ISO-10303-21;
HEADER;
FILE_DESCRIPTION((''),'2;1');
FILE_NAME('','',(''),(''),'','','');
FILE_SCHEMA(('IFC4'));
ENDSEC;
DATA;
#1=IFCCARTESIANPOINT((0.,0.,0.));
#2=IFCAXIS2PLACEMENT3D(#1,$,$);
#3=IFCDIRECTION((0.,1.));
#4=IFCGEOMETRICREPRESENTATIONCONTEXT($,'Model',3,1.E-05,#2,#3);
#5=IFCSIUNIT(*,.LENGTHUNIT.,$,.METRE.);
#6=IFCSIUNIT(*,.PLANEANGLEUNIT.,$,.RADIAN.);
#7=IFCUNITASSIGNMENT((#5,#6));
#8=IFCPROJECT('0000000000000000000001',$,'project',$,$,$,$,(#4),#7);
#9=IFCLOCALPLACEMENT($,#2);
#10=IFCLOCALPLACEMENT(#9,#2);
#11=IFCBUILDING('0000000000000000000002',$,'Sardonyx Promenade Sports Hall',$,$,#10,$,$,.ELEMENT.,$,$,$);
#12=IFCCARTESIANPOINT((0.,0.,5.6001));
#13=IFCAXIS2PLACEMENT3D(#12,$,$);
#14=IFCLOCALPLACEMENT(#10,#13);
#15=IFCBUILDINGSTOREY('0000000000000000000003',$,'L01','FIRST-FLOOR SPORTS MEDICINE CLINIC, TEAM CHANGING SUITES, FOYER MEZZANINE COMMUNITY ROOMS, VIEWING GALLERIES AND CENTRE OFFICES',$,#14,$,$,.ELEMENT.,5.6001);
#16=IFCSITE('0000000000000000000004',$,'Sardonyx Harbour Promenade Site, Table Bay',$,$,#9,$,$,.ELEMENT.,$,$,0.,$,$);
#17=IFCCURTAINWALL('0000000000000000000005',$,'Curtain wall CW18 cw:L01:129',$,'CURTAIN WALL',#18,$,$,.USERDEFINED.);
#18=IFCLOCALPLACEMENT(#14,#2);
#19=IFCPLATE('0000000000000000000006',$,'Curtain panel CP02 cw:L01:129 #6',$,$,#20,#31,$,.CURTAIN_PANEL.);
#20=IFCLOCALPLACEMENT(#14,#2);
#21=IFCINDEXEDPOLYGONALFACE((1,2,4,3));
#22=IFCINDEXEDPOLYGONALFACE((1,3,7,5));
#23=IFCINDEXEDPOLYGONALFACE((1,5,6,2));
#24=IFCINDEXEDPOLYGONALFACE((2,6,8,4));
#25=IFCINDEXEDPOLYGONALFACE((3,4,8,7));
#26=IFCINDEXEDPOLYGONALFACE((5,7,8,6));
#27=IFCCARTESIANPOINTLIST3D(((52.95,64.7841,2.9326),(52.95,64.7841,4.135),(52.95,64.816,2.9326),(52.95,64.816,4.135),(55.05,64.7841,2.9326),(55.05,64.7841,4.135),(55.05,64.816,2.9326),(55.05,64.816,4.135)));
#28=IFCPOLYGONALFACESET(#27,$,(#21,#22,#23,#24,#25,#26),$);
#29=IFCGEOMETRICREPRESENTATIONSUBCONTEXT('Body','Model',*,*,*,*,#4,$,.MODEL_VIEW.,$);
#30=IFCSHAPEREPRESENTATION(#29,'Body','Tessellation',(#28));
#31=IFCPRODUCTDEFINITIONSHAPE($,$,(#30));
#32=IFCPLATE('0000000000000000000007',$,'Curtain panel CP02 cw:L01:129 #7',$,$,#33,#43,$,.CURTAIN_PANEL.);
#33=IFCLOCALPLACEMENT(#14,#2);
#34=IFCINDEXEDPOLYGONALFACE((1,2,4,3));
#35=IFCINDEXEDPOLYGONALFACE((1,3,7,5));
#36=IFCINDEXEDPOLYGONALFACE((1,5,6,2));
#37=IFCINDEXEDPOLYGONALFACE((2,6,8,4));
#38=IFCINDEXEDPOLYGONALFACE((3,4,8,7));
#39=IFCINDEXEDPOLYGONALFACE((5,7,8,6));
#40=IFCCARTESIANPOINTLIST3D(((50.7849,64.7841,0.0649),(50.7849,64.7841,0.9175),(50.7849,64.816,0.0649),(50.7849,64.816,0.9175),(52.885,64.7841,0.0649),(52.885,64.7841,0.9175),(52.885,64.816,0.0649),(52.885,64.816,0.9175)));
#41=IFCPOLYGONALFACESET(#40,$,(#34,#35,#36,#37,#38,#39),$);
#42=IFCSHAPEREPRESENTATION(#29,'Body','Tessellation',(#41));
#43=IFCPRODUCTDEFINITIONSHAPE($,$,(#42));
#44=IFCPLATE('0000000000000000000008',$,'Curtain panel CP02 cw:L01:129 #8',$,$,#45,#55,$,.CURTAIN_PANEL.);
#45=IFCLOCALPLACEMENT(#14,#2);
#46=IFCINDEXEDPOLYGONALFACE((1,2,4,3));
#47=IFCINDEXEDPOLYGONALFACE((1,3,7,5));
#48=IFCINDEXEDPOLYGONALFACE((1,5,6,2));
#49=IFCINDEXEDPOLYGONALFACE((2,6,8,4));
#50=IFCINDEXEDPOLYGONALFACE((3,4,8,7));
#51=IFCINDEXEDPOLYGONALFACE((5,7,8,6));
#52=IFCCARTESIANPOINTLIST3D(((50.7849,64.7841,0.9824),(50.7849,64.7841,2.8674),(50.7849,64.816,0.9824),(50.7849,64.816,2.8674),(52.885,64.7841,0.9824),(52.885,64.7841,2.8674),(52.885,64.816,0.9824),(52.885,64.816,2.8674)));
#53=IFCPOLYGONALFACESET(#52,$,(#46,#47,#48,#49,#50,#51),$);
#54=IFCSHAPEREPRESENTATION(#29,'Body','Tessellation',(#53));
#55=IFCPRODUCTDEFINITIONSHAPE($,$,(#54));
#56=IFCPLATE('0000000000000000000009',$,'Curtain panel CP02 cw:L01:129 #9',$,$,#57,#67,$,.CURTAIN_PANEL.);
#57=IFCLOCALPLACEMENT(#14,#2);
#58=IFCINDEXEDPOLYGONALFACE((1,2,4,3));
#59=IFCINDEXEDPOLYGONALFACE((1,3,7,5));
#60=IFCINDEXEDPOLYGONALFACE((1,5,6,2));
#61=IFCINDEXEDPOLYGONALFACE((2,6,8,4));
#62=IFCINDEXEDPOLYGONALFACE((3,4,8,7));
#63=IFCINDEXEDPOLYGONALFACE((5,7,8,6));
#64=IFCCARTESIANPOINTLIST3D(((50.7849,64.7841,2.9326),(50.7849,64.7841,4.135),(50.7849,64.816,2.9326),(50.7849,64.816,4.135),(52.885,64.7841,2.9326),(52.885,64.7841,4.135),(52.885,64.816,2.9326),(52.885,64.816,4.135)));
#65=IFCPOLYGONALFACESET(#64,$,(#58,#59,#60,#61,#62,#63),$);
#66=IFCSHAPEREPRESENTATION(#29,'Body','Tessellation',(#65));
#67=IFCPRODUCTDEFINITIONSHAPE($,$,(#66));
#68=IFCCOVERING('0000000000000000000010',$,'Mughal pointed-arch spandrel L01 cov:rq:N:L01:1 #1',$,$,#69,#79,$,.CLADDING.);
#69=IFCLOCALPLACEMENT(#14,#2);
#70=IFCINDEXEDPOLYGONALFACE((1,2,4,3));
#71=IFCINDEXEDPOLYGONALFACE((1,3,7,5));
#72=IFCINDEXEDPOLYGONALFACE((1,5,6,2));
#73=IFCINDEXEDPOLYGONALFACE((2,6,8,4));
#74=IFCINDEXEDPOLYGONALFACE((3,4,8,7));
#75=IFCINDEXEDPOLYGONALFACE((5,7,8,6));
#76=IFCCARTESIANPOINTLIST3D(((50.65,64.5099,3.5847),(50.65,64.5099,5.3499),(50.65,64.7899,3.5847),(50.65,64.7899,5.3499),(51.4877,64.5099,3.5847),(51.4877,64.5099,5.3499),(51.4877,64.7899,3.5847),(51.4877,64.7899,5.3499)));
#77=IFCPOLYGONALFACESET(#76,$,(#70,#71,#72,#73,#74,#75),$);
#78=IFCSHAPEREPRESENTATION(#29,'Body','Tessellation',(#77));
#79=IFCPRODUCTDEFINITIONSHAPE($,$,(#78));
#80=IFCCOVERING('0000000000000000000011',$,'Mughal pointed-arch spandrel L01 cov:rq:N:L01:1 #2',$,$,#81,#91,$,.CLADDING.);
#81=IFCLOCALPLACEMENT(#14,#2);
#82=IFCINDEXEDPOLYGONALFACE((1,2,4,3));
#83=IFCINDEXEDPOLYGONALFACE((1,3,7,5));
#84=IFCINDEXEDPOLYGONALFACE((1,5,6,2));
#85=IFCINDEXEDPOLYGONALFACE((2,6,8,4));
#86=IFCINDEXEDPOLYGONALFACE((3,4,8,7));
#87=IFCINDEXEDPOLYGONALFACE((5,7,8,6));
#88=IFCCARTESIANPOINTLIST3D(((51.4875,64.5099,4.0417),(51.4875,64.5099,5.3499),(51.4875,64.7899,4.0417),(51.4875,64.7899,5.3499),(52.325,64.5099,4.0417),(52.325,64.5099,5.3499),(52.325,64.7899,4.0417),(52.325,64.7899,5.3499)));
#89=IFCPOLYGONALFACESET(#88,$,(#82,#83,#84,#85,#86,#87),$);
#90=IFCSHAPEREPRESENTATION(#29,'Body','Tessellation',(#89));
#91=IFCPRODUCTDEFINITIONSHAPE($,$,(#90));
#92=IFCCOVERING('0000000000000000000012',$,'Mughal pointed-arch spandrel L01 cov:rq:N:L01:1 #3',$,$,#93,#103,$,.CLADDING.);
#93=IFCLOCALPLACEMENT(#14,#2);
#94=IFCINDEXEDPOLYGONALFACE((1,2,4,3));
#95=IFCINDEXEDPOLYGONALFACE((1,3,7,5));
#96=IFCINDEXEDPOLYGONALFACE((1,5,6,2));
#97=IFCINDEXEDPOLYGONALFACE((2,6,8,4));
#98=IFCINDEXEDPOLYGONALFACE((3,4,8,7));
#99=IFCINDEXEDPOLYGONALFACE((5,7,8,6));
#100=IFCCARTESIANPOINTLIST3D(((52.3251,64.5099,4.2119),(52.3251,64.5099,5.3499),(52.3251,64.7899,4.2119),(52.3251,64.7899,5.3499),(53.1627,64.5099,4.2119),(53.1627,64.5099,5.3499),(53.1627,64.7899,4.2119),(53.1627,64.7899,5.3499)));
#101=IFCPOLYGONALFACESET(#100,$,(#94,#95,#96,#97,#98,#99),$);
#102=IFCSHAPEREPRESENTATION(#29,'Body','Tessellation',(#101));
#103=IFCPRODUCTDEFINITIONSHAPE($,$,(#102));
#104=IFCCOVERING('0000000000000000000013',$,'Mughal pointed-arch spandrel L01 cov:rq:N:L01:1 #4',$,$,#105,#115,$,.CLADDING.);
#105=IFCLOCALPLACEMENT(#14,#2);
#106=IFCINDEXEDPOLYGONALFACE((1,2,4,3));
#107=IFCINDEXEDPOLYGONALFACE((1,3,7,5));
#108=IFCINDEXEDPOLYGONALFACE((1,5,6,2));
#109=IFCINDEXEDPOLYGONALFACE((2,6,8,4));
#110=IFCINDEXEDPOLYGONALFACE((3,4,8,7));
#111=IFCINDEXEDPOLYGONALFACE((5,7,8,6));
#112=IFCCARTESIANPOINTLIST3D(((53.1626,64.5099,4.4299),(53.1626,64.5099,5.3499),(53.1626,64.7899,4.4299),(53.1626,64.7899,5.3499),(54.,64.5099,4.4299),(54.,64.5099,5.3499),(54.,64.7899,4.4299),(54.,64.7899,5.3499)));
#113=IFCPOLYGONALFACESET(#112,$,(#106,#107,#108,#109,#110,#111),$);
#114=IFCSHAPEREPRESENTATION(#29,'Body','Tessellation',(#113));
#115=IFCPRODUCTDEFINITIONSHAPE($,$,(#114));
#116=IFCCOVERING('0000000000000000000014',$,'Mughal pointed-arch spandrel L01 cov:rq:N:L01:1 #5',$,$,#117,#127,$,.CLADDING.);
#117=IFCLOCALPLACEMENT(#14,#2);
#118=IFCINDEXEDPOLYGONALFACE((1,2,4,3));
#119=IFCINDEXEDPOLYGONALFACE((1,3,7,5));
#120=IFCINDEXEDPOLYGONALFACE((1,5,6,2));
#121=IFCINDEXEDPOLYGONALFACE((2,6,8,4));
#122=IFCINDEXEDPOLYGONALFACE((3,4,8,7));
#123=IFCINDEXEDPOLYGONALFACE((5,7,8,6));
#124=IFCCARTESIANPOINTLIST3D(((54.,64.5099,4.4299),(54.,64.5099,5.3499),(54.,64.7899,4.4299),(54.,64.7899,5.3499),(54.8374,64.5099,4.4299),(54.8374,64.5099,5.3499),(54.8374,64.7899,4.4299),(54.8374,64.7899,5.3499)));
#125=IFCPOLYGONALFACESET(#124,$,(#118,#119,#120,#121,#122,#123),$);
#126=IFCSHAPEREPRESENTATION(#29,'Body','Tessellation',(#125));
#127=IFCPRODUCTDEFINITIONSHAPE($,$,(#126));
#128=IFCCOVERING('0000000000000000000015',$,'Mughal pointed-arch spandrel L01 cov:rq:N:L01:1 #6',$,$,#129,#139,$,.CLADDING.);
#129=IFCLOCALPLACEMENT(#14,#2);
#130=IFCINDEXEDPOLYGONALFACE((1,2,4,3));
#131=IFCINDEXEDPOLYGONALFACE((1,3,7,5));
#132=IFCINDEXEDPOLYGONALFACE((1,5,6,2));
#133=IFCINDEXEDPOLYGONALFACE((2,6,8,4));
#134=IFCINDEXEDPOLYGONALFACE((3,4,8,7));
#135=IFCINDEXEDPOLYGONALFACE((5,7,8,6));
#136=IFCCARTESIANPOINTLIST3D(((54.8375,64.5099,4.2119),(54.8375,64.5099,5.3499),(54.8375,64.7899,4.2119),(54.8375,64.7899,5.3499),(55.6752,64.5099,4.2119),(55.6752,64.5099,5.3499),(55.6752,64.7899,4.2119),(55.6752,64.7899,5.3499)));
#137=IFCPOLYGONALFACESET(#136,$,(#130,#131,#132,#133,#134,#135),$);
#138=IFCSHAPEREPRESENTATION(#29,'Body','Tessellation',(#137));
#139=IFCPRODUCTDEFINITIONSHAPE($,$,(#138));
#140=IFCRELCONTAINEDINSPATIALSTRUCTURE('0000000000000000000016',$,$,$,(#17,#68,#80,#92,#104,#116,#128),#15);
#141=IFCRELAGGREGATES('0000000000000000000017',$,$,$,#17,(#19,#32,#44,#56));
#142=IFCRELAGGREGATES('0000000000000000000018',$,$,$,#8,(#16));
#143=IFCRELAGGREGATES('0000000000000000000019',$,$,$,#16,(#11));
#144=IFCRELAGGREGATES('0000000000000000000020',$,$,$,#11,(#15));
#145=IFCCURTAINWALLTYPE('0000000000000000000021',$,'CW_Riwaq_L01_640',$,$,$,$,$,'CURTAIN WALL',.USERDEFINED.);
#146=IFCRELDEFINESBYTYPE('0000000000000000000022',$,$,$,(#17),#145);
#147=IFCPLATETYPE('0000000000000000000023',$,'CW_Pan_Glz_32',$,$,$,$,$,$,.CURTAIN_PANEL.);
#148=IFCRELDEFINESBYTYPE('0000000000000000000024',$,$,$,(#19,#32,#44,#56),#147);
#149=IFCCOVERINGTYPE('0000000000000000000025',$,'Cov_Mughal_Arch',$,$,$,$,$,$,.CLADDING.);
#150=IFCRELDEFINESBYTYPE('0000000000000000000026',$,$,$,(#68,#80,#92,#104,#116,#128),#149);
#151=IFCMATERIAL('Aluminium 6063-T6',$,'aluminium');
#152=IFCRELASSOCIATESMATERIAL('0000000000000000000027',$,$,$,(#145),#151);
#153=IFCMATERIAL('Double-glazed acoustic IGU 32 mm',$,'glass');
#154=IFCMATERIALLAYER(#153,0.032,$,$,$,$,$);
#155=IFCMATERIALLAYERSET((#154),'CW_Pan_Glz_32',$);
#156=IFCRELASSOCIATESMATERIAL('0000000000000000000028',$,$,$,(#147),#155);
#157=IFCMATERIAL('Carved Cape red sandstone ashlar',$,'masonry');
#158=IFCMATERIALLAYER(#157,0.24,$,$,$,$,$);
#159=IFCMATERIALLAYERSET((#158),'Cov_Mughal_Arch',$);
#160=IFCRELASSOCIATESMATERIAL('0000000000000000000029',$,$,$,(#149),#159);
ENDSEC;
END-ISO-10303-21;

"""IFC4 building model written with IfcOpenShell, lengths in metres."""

from ifc_helpers import new_model, si_unit, direction, frame, frame_2d, origin, origin_2d, place, context, subcontext, project, spatial, rectangle, extrude, material, layer, layer_set, type_object, element, aggregate, save


model = new_model("IFC4")

# Units and contexts
model_context = context("Model", 3, precision=1e-05, world=origin(), true_north=direction((0.0, 1.0)))
body_context = subcontext(model_context, "Body", "Model", "MODEL_VIEW")
ifc_project = project(units=[si_unit("LENGTHUNIT", "METRE"), si_unit("PLANEANGLEUNIT", "RADIAN")], contexts=[model_context])

# Site, building, storey
site_placement = place(None, origin())
site = spatial("IfcSite", under=ifc_project, at=site_placement, Name="Sardonyx Harbour Promenade Site, Table Bay", CompositionType="ELEMENT", RefElevation=0.0)
building_placement = place(site_placement, origin())
building = spatial("IfcBuilding", under=site, at=building_placement, Name="Sardonyx Promenade Sports Hall", CompositionType="ELEMENT")
storey_placement = place(building_placement, frame((0.0, 0.0, 5.6001)))
storey = spatial("IfcBuildingStorey", under=building, at=storey_placement, Name="L01", Description="FIRST-FLOOR SPORTS MEDICINE CLINIC, TEAM CHANGING SUITES, FOYER MEZZANINE COMMUNITY ROOMS, VIEWING GALLERIES AND CENTRE OFFICES", CompositionType="ELEMENT", Elevation=5.6001)

# Curtain wall, plates
ifc_material_1 = material(Name="Aluminium 6063-T6", Category="aluminium")
curtain_wall_type = type_object("IfcCurtainWallType", Name="CW_Riwaq_L01_640", ElementType="CURTAIN WALL", PredefinedType="USERDEFINED", material=ifc_material_1)
curtain_wall_placement = place(storey_placement, origin())
curtain_wall = element("IfcCurtainWall", 1, at=curtain_wall_placement, inside=storey, type_object=curtain_wall_type, Name="Curtain wall CW18 cw:L01:129", ObjectType="CURTAIN WALL", PredefinedType="USERDEFINED")
ifc_material_2 = material(Name="Double-glazed acoustic IGU 32 mm", Category="glass")
ifc_layer_1 = layer(ifc_material_2, 0.032)
ifc_layer_set_1 = layer_set([ifc_layer_1], Name="CW_Pan_Glz_32")
plate_type = type_object("IfcPlateType", Name="CW_Pan_Glz_32", PredefinedType="CURTAIN_PANEL", material=ifc_layer_set_1)
plate_1_placement = place(storey_placement, frame((54.0, 64.8, 2.9326), z_axis=(0.0, 0.0, 1.0), x_axis=(-1.0, 0.0, 0.0)))
plate_1 = element("IfcPlate", 2, at=plate_1_placement, type_object=plate_type, Name="Curtain panel CP02 cw:L01:129 #6", PredefinedType="CURTAIN_PANEL", context=body_context, shape_type="SweptSolid", body=[
    extrude(rectangle(XDim=2.1001, YDim=0.032, at=origin_2d()), origin(), (0.0, 0.0, 1.0), 1.2024),
])
plate_2_placement = place(storey_placement, frame((51.835, 64.8, 0.0649), z_axis=(0.0, 0.0, 1.0), x_axis=(-1.0, 0.0, 0.0)))
plate_2 = element("IfcPlate", 3, at=plate_2_placement, type_object=plate_type, Name="Curtain panel CP02 cw:L01:129 #7", PredefinedType="CURTAIN_PANEL", context=body_context, shape_type="SweptSolid", body=[
    extrude(rectangle(XDim=2.1001, YDim=0.032, at=origin_2d()), origin(), (0.0, 0.0, 1.0), 0.8525),
])
plate_3_placement = place(storey_placement, frame((51.835, 64.8, 0.9824), z_axis=(0.0, 0.0, 1.0), x_axis=(-1.0, 0.0, 0.0)))
plate_3 = element("IfcPlate", 4, at=plate_3_placement, type_object=plate_type, Name="Curtain panel CP02 cw:L01:129 #8", PredefinedType="CURTAIN_PANEL", context=body_context, shape_type="SweptSolid", body=[
    extrude(rectangle(XDim=2.1001, YDim=0.032, at=origin_2d()), origin(), (0.0, 0.0, 1.0), 1.885),
])
plate_4_placement = place(storey_placement, frame((51.835, 64.8, 2.9326), z_axis=(0.0, 0.0, 1.0), x_axis=(-1.0, 0.0, 0.0)))
plate_4 = element("IfcPlate", 5, at=plate_4_placement, type_object=plate_type, Name="Curtain panel CP02 cw:L01:129 #9", PredefinedType="CURTAIN_PANEL", context=body_context, shape_type="SweptSolid", body=[
    extrude(rectangle(XDim=2.1001, YDim=0.032, at=origin_2d()), origin(), (0.0, 0.0, 1.0), 1.2024),
])
aggregate(curtain_wall, [plate_1, plate_2, plate_3, plate_4])

# Coverings
ifc_material_3 = material(Name="Carved Cape red sandstone ashlar", Category="masonry")
ifc_layer_2 = layer(ifc_material_3, 0.24)
ifc_layer_set_2 = layer_set([ifc_layer_2], Name="Cov_Mughal_Arch")
covering_type = type_object("IfcCoveringType", Name="Cov_Mughal_Arch", PredefinedType="CLADDING", material=ifc_layer_set_2)
covering_1_placement = place(storey_placement, frame((50.6499, 64.6499, 3.5847), z_axis=(0.0, 0.0, 1.0), x_axis=(1.0, 0.0, 0.0)))
element("IfcCovering", 6, at=covering_1_placement, inside=storey, type_object=covering_type, Name="Mughal pointed-arch spandrel L01 cov:rq:N:L01:1 #1", PredefinedType="CLADDING", context=body_context, shape_type="SweptSolid", body=[
    extrude(rectangle(XDim=0.8376, YDim=0.28, at=frame_2d((0.4189, 0.0))), origin(), (0.0, 0.0, 1.0), 1.7651),
])
covering_2_placement = place(storey_placement, frame((51.4875, 64.6499, 4.0417), z_axis=(0.0, 0.0, 1.0), x_axis=(1.0, 0.0, 0.0)))
element("IfcCovering", 7, at=covering_2_placement, inside=storey, type_object=covering_type, Name="Mughal pointed-arch spandrel L01 cov:rq:N:L01:1 #2", PredefinedType="CLADDING", context=body_context, shape_type="SweptSolid", body=[
    extrude(rectangle(XDim=0.8374, YDim=0.28, at=frame_2d((0.4187, 0.0))), origin(), (0.0, 0.0, 1.0), 1.3081),
])
covering_3_placement = place(storey_placement, frame((52.325, 64.6499, 4.2119), z_axis=(0.0, 0.0, 1.0), x_axis=(1.0, 0.0, 0.0)))
element("IfcCovering", 8, at=covering_3_placement, inside=storey, type_object=covering_type, Name="Mughal pointed-arch spandrel L01 cov:rq:N:L01:1 #3", PredefinedType="CLADDING", context=body_context, shape_type="SweptSolid", body=[
    extrude(rectangle(XDim=0.8376, YDim=0.28, at=frame_2d((0.4189, 0.0))), origin(), (0.0, 0.0, 1.0), 1.1379),
])
for number, where, z_axis, x_axis, name in (
    (9, (53.1626, 64.6499, 4.4299), (0.0, 0.0, 1.0), (1.0, 0.0, 0.0), "Mughal pointed-arch spandrel L01 cov:rq:N:L01:1 #4"),
    (10, (54.0, 64.6499, 4.4299), (0.0, 0.0, 1.0), (1.0, 0.0, 0.0), "Mughal pointed-arch spandrel L01 cov:rq:N:L01:1 #5"),
):
    element("IfcCovering", number, at=place(storey_placement, frame(where, z_axis=z_axis, x_axis=x_axis)), inside=storey, type_object=covering_type, Name=name, PredefinedType="CLADDING", context=body_context, shape_type="SweptSolid", body=[
        extrude(rectangle(XDim=0.8374, YDim=0.28, at=frame_2d((0.4187, 0.0))), origin(), (0.0, 0.0, 1.0), 0.9199),
    ])
covering_4_placement = place(storey_placement, frame((54.8374, 64.6499, 4.2119), z_axis=(0.0, 0.0, 1.0), x_axis=(1.0, 0.0, 0.0)))
element("IfcCovering", 11, at=covering_4_placement, inside=storey, type_object=covering_type, Name="Mughal pointed-arch spandrel L01 cov:rq:N:L01:1 #6", PredefinedType="CLADDING", context=body_context, shape_type="SweptSolid", body=[
    extrude(rectangle(XDim=0.8376, YDim=0.28, at=frame_2d((0.4189, 0.0))), origin(), (0.0, 0.0, 1.0), 1.1379),
])

save(model, "model.ifc")
